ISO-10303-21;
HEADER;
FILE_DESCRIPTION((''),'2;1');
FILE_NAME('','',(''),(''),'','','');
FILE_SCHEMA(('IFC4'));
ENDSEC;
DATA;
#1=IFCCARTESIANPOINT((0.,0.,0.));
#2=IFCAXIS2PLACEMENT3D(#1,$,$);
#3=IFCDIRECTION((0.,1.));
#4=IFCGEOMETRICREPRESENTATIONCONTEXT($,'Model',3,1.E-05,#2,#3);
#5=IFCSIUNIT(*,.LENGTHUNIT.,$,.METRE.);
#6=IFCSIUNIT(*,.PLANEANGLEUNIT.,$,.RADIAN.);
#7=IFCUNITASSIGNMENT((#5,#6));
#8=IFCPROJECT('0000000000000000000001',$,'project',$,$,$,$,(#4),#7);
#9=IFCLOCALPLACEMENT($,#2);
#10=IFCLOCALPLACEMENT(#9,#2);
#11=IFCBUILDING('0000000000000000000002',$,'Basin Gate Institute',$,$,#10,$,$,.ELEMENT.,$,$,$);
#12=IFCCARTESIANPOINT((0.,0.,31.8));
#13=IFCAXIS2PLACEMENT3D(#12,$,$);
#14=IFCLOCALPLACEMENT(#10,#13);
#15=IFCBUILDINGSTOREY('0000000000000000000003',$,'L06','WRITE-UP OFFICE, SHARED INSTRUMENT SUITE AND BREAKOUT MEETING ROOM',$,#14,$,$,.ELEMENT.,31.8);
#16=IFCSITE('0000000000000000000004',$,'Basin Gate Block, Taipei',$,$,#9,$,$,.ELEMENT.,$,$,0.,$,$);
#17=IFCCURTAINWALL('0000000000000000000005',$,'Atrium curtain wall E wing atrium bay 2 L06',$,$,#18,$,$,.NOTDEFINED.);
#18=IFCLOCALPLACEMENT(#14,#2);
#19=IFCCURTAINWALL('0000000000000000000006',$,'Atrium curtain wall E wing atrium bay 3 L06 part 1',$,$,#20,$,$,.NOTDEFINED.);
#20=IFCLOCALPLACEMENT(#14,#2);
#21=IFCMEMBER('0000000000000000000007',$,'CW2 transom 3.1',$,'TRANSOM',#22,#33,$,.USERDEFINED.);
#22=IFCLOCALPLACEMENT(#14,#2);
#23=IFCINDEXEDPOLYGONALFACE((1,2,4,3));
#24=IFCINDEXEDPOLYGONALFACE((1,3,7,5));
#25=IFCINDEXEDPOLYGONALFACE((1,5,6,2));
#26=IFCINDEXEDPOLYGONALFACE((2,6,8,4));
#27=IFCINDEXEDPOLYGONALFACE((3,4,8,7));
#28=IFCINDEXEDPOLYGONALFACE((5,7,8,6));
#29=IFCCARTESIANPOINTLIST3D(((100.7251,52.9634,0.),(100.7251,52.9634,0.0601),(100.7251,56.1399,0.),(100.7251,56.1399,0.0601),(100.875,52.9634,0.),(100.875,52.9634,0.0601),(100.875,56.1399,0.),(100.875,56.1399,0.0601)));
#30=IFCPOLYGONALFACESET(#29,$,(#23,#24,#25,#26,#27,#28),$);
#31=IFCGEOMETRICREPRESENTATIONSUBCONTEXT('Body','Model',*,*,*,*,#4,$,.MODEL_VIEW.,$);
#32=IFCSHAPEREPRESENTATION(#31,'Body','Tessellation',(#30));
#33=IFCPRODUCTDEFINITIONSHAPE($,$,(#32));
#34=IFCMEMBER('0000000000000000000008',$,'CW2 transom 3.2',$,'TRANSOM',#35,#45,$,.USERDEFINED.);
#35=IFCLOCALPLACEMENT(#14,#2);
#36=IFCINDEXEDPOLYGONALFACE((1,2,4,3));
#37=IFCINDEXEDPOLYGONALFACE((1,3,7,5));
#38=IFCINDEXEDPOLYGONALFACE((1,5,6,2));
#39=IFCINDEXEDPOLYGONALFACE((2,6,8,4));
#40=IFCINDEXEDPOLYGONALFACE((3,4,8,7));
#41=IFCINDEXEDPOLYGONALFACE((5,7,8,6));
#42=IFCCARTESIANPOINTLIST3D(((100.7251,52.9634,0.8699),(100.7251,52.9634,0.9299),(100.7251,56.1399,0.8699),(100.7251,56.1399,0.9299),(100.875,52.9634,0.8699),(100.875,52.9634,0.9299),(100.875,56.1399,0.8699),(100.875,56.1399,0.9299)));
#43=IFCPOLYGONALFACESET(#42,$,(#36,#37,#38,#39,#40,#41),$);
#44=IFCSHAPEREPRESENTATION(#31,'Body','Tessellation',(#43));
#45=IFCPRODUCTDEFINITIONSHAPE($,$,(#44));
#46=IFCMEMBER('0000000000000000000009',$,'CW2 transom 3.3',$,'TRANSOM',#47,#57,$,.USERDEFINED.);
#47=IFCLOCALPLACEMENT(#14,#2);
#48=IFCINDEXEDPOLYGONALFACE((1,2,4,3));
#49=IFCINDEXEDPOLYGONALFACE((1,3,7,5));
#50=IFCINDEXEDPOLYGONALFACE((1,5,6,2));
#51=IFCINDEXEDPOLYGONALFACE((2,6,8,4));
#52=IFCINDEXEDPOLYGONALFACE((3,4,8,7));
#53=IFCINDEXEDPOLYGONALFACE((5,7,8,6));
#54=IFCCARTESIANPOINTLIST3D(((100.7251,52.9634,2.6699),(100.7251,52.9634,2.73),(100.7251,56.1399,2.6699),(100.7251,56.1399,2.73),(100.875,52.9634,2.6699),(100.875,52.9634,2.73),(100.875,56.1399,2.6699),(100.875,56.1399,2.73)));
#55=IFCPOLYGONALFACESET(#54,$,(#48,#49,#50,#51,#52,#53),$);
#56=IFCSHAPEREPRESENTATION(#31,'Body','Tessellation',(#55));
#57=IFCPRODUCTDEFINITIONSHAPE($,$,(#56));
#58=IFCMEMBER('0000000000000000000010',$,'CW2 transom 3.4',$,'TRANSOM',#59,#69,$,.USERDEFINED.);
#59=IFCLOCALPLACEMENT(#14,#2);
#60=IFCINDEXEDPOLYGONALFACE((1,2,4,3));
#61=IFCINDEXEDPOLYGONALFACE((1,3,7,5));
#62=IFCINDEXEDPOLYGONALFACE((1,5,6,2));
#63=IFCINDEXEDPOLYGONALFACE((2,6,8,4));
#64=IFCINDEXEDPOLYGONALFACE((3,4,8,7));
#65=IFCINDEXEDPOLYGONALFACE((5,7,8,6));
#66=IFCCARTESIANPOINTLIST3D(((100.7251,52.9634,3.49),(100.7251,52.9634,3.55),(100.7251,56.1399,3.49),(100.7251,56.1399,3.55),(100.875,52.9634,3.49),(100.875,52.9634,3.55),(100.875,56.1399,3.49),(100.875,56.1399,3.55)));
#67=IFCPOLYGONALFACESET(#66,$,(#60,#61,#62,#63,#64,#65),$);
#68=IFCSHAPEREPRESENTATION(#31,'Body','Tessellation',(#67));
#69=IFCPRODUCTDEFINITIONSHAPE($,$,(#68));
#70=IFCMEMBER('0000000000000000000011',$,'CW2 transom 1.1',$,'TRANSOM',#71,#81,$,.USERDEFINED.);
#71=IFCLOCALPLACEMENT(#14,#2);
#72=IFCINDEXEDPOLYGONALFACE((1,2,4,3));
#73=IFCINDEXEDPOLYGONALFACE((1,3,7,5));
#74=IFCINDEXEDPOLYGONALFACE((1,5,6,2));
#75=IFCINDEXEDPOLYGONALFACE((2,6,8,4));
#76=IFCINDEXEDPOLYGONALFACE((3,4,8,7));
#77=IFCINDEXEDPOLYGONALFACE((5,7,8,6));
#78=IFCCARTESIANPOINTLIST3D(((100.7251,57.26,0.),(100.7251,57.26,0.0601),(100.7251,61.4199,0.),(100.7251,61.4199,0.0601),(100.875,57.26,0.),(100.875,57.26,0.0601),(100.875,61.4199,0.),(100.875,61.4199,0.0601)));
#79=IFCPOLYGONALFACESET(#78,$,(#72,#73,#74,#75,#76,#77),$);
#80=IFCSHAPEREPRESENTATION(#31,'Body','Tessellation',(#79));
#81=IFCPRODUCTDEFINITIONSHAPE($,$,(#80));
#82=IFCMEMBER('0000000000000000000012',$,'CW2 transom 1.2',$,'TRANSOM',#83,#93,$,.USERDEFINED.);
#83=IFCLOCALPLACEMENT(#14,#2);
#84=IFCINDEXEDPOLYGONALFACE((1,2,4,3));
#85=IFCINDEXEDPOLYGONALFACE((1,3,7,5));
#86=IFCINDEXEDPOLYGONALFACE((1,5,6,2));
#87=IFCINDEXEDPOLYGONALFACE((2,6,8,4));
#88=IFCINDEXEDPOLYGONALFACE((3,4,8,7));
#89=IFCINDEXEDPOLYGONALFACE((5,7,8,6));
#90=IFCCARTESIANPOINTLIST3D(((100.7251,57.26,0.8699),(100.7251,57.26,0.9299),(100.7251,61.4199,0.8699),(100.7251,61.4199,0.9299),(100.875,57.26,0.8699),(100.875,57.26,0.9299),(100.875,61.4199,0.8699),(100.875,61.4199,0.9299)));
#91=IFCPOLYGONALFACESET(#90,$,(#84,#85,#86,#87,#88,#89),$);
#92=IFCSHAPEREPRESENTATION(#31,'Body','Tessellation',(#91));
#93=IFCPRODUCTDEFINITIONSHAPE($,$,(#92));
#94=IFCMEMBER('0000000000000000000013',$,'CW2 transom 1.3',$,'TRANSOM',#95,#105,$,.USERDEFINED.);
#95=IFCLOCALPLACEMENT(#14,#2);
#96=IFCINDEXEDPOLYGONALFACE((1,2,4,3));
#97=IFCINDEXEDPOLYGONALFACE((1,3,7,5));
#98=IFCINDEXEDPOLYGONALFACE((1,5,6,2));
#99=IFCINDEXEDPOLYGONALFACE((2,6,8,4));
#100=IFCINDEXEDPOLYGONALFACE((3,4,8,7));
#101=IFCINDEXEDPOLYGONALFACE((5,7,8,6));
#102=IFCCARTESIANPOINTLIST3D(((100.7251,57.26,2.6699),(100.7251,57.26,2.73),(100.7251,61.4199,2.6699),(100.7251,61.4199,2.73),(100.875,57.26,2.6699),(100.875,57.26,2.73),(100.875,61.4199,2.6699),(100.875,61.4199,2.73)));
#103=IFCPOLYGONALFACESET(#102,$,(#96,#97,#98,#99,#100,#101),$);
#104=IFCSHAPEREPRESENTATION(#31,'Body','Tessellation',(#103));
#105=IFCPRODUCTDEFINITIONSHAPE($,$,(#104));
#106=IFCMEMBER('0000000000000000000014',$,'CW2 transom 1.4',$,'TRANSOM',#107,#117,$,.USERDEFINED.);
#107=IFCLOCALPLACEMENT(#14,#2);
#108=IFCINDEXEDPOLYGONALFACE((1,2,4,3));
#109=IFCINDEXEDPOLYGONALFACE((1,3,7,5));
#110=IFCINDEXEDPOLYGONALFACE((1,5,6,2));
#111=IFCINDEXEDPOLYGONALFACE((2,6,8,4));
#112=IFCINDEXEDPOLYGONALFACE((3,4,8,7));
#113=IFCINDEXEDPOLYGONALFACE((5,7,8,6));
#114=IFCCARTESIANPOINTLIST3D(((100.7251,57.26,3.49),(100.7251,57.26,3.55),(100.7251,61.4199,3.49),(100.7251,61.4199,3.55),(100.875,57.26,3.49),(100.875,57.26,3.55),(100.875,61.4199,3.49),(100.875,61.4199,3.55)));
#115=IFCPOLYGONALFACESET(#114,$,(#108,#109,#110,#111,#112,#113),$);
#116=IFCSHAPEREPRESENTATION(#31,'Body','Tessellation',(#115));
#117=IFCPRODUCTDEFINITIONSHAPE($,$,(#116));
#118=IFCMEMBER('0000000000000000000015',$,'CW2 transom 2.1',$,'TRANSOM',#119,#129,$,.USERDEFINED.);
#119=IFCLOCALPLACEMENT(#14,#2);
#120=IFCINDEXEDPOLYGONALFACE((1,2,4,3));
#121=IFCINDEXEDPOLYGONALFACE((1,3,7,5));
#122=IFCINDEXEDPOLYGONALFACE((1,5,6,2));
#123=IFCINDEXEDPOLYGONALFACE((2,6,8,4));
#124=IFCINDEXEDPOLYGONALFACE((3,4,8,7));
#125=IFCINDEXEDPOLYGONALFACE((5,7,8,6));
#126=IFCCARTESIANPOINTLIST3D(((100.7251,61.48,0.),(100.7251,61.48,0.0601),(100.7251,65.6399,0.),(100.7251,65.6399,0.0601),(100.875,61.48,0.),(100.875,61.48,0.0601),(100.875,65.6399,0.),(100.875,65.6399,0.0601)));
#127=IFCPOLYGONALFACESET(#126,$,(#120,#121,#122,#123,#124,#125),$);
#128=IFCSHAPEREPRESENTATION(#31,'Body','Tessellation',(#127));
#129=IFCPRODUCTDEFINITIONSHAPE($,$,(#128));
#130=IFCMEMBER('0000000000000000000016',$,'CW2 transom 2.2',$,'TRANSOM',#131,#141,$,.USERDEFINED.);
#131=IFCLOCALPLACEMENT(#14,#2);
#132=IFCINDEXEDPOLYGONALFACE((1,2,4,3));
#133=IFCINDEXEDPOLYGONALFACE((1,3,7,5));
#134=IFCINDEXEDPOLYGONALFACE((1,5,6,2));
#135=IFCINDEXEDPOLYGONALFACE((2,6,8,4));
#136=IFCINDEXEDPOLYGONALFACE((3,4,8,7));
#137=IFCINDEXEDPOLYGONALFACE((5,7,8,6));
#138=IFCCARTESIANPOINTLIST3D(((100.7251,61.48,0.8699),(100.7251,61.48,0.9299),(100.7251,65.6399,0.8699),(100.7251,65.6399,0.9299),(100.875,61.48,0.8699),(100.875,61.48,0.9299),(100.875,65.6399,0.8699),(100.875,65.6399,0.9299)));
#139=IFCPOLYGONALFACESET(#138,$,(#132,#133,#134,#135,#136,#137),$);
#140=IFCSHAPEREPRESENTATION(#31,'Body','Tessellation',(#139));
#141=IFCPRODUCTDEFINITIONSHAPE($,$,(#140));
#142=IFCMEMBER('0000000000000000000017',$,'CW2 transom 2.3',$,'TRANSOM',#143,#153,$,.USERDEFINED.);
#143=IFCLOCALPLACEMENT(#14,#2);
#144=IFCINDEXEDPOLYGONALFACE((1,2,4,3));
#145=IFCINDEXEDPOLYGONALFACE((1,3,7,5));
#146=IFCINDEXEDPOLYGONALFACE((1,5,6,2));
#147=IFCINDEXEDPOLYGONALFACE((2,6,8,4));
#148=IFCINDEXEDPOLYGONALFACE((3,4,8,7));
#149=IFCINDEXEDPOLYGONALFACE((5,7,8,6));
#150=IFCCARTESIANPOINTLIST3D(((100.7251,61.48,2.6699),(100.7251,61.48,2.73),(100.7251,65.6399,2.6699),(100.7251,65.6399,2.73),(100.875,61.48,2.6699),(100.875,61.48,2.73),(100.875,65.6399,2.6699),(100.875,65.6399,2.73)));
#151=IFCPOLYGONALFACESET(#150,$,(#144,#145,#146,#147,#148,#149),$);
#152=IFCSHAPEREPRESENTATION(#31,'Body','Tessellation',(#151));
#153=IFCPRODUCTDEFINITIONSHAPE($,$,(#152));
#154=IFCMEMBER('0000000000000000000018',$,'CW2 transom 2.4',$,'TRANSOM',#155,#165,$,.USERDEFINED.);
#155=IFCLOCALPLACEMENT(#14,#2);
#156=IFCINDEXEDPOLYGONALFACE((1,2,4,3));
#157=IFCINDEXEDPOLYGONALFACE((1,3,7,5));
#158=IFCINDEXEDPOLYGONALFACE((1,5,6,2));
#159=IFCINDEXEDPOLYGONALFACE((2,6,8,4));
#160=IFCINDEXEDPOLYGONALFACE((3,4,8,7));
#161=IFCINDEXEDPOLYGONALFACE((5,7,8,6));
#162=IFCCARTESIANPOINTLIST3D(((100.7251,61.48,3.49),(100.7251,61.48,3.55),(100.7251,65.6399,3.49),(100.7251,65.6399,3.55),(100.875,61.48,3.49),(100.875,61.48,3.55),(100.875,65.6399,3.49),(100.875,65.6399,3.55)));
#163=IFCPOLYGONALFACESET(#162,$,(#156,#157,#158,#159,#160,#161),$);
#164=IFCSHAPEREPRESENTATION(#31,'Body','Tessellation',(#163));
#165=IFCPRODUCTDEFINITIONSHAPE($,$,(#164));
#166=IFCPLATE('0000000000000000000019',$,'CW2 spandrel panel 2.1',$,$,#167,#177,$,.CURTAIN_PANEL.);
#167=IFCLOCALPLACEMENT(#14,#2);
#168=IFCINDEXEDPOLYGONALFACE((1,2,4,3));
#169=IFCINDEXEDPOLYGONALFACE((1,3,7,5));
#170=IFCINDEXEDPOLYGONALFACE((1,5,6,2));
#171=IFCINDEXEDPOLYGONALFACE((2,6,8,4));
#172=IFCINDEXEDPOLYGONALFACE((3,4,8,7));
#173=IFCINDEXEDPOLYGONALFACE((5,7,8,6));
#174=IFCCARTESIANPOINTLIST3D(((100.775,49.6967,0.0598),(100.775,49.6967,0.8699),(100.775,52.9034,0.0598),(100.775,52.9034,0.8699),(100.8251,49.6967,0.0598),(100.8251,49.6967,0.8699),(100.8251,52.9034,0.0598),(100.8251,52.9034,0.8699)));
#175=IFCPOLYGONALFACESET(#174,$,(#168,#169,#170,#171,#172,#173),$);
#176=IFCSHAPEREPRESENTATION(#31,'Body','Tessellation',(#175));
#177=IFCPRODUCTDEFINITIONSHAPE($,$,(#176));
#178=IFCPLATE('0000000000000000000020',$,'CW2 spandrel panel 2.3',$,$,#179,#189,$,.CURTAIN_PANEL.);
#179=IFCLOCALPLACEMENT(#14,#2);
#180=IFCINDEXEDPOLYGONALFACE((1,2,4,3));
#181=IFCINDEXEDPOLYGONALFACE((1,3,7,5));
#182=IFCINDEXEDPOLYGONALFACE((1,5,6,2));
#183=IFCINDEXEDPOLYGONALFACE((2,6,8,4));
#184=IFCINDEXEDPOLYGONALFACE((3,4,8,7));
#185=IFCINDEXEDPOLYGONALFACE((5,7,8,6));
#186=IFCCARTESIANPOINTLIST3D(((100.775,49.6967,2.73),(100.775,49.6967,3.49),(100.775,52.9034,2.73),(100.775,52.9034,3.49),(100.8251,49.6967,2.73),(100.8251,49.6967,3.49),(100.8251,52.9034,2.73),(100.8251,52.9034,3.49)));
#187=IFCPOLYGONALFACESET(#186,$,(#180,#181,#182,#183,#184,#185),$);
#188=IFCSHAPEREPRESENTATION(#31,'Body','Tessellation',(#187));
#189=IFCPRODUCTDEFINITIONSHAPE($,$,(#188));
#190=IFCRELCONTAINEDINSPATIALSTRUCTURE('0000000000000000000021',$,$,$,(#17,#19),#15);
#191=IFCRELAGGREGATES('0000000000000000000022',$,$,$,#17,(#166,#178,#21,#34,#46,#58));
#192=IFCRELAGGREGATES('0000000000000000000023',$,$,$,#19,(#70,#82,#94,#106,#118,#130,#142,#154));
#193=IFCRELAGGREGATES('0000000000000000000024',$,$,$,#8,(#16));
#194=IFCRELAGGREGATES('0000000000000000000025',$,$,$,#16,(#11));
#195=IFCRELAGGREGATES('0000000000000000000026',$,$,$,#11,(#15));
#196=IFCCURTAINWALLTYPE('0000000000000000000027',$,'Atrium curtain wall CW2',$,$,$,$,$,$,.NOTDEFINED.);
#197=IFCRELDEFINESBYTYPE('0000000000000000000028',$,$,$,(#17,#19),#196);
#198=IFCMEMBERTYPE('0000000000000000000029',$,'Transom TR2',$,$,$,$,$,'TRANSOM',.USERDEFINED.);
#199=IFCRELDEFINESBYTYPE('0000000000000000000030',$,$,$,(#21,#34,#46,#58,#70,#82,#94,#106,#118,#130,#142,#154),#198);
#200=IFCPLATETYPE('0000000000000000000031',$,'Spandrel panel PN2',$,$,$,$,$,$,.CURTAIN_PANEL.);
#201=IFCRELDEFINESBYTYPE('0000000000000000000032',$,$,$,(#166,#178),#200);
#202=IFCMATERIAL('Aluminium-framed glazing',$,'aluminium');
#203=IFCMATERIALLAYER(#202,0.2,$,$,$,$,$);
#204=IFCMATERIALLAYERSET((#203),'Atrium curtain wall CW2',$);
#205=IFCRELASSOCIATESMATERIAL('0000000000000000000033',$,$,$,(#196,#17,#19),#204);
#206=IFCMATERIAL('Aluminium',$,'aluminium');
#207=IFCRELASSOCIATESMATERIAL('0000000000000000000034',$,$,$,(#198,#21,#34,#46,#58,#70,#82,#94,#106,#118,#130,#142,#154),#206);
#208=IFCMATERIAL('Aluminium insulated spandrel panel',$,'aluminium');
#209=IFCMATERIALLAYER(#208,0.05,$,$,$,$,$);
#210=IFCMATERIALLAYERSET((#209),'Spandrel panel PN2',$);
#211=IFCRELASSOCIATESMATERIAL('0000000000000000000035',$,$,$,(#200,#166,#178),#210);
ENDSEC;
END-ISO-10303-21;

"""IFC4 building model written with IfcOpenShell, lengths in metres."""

from ifc_helpers import new_model, si_unit, direction, frame, origin, origin_2d, place, context, subcontext, project, spatial, rectangle, extrude, material, layer, layer_set, material_profile, profile_set, type_object, element, aggregate, save


model = new_model("IFC4")

# Units and contexts
model_context = context("Model", 3, precision=1e-05, world=origin(), true_north=direction((0.0, 1.0)))
body_context = subcontext(model_context, "Body", "Model", "MODEL_VIEW")
ifc_project = project(units=[si_unit("LENGTHUNIT", "METRE"), si_unit("PLANEANGLEUNIT", "RADIAN")], contexts=[model_context])

# Site, building, storey
site_placement = place(None, origin())
site = spatial("IfcSite", under=ifc_project, at=site_placement, Name="Basin Gate Block, Taipei", CompositionType="ELEMENT", RefElevation=0.0)
building_placement = place(site_placement, origin())
building = spatial("IfcBuilding", under=site, at=building_placement, Name="Basin Gate Institute", CompositionType="ELEMENT")
storey_placement = place(building_placement, frame((0.0, 0.0, 31.8)))
storey = spatial("IfcBuildingStorey", under=building, at=storey_placement, Name="L06", Description="WRITE-UP OFFICE, SHARED INSTRUMENT SUITE AND BREAKOUT MEETING ROOM", CompositionType="ELEMENT", Elevation=31.8)

# Curtain walls
ifc_material_1 = material(Name="Aluminium-framed glazing", Category="aluminium")
ifc_layer_1 = layer(ifc_material_1, 0.2)
ifc_layer_set_1 = layer_set([ifc_layer_1], Name="Atrium curtain wall CW2")
curtain_wall_type = type_object("IfcCurtainWallType", Name="Atrium curtain wall CW2", PredefinedType="NOTDEFINED", material=ifc_layer_set_1)
curtain_wall_1_placement = place(storey_placement, origin())
curtain_wall_1 = element("IfcCurtainWall", 1, at=curtain_wall_1_placement, inside=storey, type_object=curtain_wall_type, material=ifc_layer_set_1, Name="Atrium curtain wall E wing atrium bay 2 L06", PredefinedType="NOTDEFINED")
curtain_wall_2_placement = place(storey_placement, origin())
curtain_wall_2 = element("IfcCurtainWall", 2, at=curtain_wall_2_placement, inside=storey, type_object=curtain_wall_type, material=ifc_layer_set_1, Name="Atrium curtain wall E wing atrium bay 3 L06 part 1", PredefinedType="NOTDEFINED")

# Members
ifc_material_2 = material(Name="Aluminium", Category="aluminium")
ifc_material_profile_1 = material_profile(ifc_material_2, rectangle(XDim=0.1499, YDim=0.0601, at=origin_2d()), Name="Transom TR2 150 x 60")
ifc_profile_set_1 = profile_set([ifc_material_profile_1], Name="Aluminium")
member_type_1 = type_object("IfcMemberType", Name="Transom TR2", ElementType="TRANSOM", PredefinedType="USERDEFINED", material=ifc_profile_set_1)
member_1_placement = place(storey_placement, frame((100.8, 52.9634, 0.03), z_axis=(0.0, 1.0, 0.0), x_axis=(-1.0, 0.0, 0.0)))
member_1 = element("IfcMember", 3, at=member_1_placement, type_object=member_type_1, material=ifc_profile_set_1, Name="CW2 transom 3.1", ObjectType="TRANSOM", PredefinedType="USERDEFINED", context=body_context, shape_type="SweptSolid", body=[
    extrude(rectangle(XDim=0.1499, YDim=0.0601, at=origin_2d()), origin(), (0.0, 0.0, 1.0), 3.1765),
])
member_2_placement = place(storey_placement, frame((100.8, 52.9634, 0.8999), z_axis=(0.0, 1.0, 0.0), x_axis=(-1.0, 0.0, 0.0)))
member_2 = element("IfcMember", 4, at=member_2_placement, type_object=member_type_1, material=ifc_profile_set_1, Name="CW2 transom 3.2", ObjectType="TRANSOM", PredefinedType="USERDEFINED", context=body_context, shape_type="SweptSolid", body=[
    extrude(rectangle(XDim=0.1499, YDim=0.0601, at=origin_2d()), origin(), (0.0, 0.0, 1.0), 3.1765),
])
member_3_placement = place(storey_placement, frame((100.8, 52.9634, 2.7), z_axis=(0.0, 1.0, 0.0), x_axis=(-1.0, 0.0, 0.0)))
member_3 = element("IfcMember", 5, at=member_3_placement, type_object=member_type_1, material=ifc_profile_set_1, Name="CW2 transom 3.3", ObjectType="TRANSOM", PredefinedType="USERDEFINED", context=body_context, shape_type="SweptSolid", body=[
    extrude(rectangle(XDim=0.1499, YDim=0.0601, at=origin_2d()), origin(), (0.0, 0.0, 1.0), 3.1765),
])
member_4_placement = place(storey_placement, frame((100.8, 52.9634, 3.52), z_axis=(0.0, 1.0, 0.0), x_axis=(-1.0, 0.0, 0.0)))
member_4 = element("IfcMember", 6, at=member_4_placement, type_object=member_type_1, material=ifc_profile_set_1, Name="CW2 transom 3.4", ObjectType="TRANSOM", PredefinedType="USERDEFINED", context=body_context, shape_type="SweptSolid", body=[
    extrude(rectangle(XDim=0.1499, YDim=0.0601, at=origin_2d()), origin(), (0.0, 0.0, 1.0), 3.1765),
])
member_5_placement = place(storey_placement, frame((100.8, 57.26, 0.03), z_axis=(0.0, 1.0, 0.0), x_axis=(-1.0, 0.0, 0.0)))
member_5 = element("IfcMember", 7, at=member_5_placement, type_object=member_type_1, material=ifc_profile_set_1, Name="CW2 transom 1.1", ObjectType="TRANSOM", PredefinedType="USERDEFINED", context=body_context, shape_type="SweptSolid", body=[
    extrude(rectangle(XDim=0.1499, YDim=0.0601, at=origin_2d()), origin(), (0.0, 0.0, 1.0), 4.1599),
])
member_6_placement = place(storey_placement, frame((100.8, 57.26, 0.8999), z_axis=(0.0, 1.0, 0.0), x_axis=(-1.0, 0.0, 0.0)))
member_6 = element("IfcMember", 8, at=member_6_placement, type_object=member_type_1, material=ifc_profile_set_1, Name="CW2 transom 1.2", ObjectType="TRANSOM", PredefinedType="USERDEFINED", context=body_context, shape_type="SweptSolid", body=[
    extrude(rectangle(XDim=0.1499, YDim=0.0601, at=origin_2d()), origin(), (0.0, 0.0, 1.0), 4.1599),
])
member_7_placement = place(storey_placement, frame((100.8, 57.26, 2.7), z_axis=(0.0, 1.0, 0.0), x_axis=(-1.0, 0.0, 0.0)))
member_7 = element("IfcMember", 9, at=member_7_placement, type_object=member_type_1, material=ifc_profile_set_1, Name="CW2 transom 1.3", ObjectType="TRANSOM", PredefinedType="USERDEFINED", context=body_context, shape_type="SweptSolid", body=[
    extrude(rectangle(XDim=0.1499, YDim=0.0601, at=origin_2d()), origin(), (0.0, 0.0, 1.0), 4.1599),
])
member_8_placement = place(storey_placement, frame((100.8, 57.26, 3.52), z_axis=(0.0, 1.0, 0.0), x_axis=(-1.0, 0.0, 0.0)))
member_8 = element("IfcMember", 10, at=member_8_placement, type_object=member_type_1, material=ifc_profile_set_1, Name="CW2 transom 1.4", ObjectType="TRANSOM", PredefinedType="USERDEFINED", context=body_context, shape_type="SweptSolid", body=[
    extrude(rectangle(XDim=0.1499, YDim=0.0601, at=origin_2d()), origin(), (0.0, 0.0, 1.0), 4.1599),
])
member_9_placement = place(storey_placement, frame((100.8, 61.48, 0.03), z_axis=(0.0, 1.0, 0.0), x_axis=(-1.0, 0.0, 0.0)))
member_9 = element("IfcMember", 11, at=member_9_placement, type_object=member_type_1, material=ifc_profile_set_1, Name="CW2 transom 2.1", ObjectType="TRANSOM", PredefinedType="USERDEFINED", context=body_context, shape_type="SweptSolid", body=[
    extrude(rectangle(XDim=0.1499, YDim=0.0601, at=origin_2d()), origin(), (0.0, 0.0, 1.0), 4.1599),
])
member_10_placement = place(storey_placement, frame((100.8, 61.48, 0.8999), z_axis=(0.0, 1.0, 0.0), x_axis=(-1.0, 0.0, 0.0)))
member_10 = element("IfcMember", 12, at=member_10_placement, type_object=member_type_1, material=ifc_profile_set_1, Name="CW2 transom 2.2", ObjectType="TRANSOM", PredefinedType="USERDEFINED", context=body_context, shape_type="SweptSolid", body=[
    extrude(rectangle(XDim=0.1499, YDim=0.0601, at=origin_2d()), origin(), (0.0, 0.0, 1.0), 4.1599),
])
member_11_placement = place(storey_placement, frame((100.8, 61.48, 2.7), z_axis=(0.0, 1.0, 0.0), x_axis=(-1.0, 0.0, 0.0)))
member_11 = element("IfcMember", 13, at=member_11_placement, type_object=member_type_1, material=ifc_profile_set_1, Name="CW2 transom 2.3", ObjectType="TRANSOM", PredefinedType="USERDEFINED", context=body_context, shape_type="SweptSolid", body=[
    extrude(rectangle(XDim=0.1499, YDim=0.0601, at=origin_2d()), origin(), (0.0, 0.0, 1.0), 4.1599),
])
member_12_placement = place(storey_placement, frame((100.8, 61.48, 3.52), z_axis=(0.0, 1.0, 0.0), x_axis=(-1.0, 0.0, 0.0)))
member_12 = element("IfcMember", 14, at=member_12_placement, type_object=member_type_1, material=ifc_profile_set_1, Name="CW2 transom 2.4", ObjectType="TRANSOM", PredefinedType="USERDEFINED", context=body_context, shape_type="SweptSolid", body=[
    extrude(rectangle(XDim=0.1499, YDim=0.0601, at=origin_2d()), origin(), (0.0, 0.0, 1.0), 4.1599),
])

# Plates
ifc_material_3 = material(Name="Aluminium insulated spandrel panel", Category="aluminium")
ifc_layer_2 = layer(ifc_material_3, 0.05)
ifc_layer_set_2 = layer_set([ifc_layer_2], Name="Spandrel panel PN2")
plate_type_1 = type_object("IfcPlateType", Name="Spandrel panel PN2", PredefinedType="CURTAIN_PANEL", material=ifc_layer_set_2)
plate_1_placement = place(storey_placement, frame((100.8, 51.3, 0.0598), z_axis=(0.0, 0.0, 1.0), x_axis=(0.0, 1.0, 0.0)))
plate_1 = element("IfcPlate", 15, at=plate_1_placement, type_object=plate_type_1, material=ifc_layer_set_2, Name="CW2 spandrel panel 2.1", PredefinedType="CURTAIN_PANEL", context=body_context, shape_type="SweptSolid", body=[
    extrude(rectangle(XDim=3.2068, YDim=0.05, at=origin_2d()), origin(), (0.0, 0.0, 1.0), 0.8101),
])
plate_2_placement = place(storey_placement, frame((100.8, 51.3, 2.73), z_axis=(0.0, 0.0, 1.0), x_axis=(0.0, 1.0, 0.0)))
plate_2 = element("IfcPlate", 16, at=plate_2_placement, type_object=plate_type_1, material=ifc_layer_set_2, Name="CW2 spandrel panel 2.3", PredefinedType="CURTAIN_PANEL", context=body_context, shape_type="SweptSolid", body=[
    extrude(rectangle(XDim=3.2068, YDim=0.05, at=origin_2d()), origin(), (0.0, 0.0, 1.0), 0.76),
])
aggregate(curtain_wall_1, [plate_1, plate_2, member_1, member_2, member_3, member_4])
aggregate(curtain_wall_2, [member_5, member_6, member_7, member_8, member_9, member_10, member_11, member_12])

save(model, "model.ifc")
